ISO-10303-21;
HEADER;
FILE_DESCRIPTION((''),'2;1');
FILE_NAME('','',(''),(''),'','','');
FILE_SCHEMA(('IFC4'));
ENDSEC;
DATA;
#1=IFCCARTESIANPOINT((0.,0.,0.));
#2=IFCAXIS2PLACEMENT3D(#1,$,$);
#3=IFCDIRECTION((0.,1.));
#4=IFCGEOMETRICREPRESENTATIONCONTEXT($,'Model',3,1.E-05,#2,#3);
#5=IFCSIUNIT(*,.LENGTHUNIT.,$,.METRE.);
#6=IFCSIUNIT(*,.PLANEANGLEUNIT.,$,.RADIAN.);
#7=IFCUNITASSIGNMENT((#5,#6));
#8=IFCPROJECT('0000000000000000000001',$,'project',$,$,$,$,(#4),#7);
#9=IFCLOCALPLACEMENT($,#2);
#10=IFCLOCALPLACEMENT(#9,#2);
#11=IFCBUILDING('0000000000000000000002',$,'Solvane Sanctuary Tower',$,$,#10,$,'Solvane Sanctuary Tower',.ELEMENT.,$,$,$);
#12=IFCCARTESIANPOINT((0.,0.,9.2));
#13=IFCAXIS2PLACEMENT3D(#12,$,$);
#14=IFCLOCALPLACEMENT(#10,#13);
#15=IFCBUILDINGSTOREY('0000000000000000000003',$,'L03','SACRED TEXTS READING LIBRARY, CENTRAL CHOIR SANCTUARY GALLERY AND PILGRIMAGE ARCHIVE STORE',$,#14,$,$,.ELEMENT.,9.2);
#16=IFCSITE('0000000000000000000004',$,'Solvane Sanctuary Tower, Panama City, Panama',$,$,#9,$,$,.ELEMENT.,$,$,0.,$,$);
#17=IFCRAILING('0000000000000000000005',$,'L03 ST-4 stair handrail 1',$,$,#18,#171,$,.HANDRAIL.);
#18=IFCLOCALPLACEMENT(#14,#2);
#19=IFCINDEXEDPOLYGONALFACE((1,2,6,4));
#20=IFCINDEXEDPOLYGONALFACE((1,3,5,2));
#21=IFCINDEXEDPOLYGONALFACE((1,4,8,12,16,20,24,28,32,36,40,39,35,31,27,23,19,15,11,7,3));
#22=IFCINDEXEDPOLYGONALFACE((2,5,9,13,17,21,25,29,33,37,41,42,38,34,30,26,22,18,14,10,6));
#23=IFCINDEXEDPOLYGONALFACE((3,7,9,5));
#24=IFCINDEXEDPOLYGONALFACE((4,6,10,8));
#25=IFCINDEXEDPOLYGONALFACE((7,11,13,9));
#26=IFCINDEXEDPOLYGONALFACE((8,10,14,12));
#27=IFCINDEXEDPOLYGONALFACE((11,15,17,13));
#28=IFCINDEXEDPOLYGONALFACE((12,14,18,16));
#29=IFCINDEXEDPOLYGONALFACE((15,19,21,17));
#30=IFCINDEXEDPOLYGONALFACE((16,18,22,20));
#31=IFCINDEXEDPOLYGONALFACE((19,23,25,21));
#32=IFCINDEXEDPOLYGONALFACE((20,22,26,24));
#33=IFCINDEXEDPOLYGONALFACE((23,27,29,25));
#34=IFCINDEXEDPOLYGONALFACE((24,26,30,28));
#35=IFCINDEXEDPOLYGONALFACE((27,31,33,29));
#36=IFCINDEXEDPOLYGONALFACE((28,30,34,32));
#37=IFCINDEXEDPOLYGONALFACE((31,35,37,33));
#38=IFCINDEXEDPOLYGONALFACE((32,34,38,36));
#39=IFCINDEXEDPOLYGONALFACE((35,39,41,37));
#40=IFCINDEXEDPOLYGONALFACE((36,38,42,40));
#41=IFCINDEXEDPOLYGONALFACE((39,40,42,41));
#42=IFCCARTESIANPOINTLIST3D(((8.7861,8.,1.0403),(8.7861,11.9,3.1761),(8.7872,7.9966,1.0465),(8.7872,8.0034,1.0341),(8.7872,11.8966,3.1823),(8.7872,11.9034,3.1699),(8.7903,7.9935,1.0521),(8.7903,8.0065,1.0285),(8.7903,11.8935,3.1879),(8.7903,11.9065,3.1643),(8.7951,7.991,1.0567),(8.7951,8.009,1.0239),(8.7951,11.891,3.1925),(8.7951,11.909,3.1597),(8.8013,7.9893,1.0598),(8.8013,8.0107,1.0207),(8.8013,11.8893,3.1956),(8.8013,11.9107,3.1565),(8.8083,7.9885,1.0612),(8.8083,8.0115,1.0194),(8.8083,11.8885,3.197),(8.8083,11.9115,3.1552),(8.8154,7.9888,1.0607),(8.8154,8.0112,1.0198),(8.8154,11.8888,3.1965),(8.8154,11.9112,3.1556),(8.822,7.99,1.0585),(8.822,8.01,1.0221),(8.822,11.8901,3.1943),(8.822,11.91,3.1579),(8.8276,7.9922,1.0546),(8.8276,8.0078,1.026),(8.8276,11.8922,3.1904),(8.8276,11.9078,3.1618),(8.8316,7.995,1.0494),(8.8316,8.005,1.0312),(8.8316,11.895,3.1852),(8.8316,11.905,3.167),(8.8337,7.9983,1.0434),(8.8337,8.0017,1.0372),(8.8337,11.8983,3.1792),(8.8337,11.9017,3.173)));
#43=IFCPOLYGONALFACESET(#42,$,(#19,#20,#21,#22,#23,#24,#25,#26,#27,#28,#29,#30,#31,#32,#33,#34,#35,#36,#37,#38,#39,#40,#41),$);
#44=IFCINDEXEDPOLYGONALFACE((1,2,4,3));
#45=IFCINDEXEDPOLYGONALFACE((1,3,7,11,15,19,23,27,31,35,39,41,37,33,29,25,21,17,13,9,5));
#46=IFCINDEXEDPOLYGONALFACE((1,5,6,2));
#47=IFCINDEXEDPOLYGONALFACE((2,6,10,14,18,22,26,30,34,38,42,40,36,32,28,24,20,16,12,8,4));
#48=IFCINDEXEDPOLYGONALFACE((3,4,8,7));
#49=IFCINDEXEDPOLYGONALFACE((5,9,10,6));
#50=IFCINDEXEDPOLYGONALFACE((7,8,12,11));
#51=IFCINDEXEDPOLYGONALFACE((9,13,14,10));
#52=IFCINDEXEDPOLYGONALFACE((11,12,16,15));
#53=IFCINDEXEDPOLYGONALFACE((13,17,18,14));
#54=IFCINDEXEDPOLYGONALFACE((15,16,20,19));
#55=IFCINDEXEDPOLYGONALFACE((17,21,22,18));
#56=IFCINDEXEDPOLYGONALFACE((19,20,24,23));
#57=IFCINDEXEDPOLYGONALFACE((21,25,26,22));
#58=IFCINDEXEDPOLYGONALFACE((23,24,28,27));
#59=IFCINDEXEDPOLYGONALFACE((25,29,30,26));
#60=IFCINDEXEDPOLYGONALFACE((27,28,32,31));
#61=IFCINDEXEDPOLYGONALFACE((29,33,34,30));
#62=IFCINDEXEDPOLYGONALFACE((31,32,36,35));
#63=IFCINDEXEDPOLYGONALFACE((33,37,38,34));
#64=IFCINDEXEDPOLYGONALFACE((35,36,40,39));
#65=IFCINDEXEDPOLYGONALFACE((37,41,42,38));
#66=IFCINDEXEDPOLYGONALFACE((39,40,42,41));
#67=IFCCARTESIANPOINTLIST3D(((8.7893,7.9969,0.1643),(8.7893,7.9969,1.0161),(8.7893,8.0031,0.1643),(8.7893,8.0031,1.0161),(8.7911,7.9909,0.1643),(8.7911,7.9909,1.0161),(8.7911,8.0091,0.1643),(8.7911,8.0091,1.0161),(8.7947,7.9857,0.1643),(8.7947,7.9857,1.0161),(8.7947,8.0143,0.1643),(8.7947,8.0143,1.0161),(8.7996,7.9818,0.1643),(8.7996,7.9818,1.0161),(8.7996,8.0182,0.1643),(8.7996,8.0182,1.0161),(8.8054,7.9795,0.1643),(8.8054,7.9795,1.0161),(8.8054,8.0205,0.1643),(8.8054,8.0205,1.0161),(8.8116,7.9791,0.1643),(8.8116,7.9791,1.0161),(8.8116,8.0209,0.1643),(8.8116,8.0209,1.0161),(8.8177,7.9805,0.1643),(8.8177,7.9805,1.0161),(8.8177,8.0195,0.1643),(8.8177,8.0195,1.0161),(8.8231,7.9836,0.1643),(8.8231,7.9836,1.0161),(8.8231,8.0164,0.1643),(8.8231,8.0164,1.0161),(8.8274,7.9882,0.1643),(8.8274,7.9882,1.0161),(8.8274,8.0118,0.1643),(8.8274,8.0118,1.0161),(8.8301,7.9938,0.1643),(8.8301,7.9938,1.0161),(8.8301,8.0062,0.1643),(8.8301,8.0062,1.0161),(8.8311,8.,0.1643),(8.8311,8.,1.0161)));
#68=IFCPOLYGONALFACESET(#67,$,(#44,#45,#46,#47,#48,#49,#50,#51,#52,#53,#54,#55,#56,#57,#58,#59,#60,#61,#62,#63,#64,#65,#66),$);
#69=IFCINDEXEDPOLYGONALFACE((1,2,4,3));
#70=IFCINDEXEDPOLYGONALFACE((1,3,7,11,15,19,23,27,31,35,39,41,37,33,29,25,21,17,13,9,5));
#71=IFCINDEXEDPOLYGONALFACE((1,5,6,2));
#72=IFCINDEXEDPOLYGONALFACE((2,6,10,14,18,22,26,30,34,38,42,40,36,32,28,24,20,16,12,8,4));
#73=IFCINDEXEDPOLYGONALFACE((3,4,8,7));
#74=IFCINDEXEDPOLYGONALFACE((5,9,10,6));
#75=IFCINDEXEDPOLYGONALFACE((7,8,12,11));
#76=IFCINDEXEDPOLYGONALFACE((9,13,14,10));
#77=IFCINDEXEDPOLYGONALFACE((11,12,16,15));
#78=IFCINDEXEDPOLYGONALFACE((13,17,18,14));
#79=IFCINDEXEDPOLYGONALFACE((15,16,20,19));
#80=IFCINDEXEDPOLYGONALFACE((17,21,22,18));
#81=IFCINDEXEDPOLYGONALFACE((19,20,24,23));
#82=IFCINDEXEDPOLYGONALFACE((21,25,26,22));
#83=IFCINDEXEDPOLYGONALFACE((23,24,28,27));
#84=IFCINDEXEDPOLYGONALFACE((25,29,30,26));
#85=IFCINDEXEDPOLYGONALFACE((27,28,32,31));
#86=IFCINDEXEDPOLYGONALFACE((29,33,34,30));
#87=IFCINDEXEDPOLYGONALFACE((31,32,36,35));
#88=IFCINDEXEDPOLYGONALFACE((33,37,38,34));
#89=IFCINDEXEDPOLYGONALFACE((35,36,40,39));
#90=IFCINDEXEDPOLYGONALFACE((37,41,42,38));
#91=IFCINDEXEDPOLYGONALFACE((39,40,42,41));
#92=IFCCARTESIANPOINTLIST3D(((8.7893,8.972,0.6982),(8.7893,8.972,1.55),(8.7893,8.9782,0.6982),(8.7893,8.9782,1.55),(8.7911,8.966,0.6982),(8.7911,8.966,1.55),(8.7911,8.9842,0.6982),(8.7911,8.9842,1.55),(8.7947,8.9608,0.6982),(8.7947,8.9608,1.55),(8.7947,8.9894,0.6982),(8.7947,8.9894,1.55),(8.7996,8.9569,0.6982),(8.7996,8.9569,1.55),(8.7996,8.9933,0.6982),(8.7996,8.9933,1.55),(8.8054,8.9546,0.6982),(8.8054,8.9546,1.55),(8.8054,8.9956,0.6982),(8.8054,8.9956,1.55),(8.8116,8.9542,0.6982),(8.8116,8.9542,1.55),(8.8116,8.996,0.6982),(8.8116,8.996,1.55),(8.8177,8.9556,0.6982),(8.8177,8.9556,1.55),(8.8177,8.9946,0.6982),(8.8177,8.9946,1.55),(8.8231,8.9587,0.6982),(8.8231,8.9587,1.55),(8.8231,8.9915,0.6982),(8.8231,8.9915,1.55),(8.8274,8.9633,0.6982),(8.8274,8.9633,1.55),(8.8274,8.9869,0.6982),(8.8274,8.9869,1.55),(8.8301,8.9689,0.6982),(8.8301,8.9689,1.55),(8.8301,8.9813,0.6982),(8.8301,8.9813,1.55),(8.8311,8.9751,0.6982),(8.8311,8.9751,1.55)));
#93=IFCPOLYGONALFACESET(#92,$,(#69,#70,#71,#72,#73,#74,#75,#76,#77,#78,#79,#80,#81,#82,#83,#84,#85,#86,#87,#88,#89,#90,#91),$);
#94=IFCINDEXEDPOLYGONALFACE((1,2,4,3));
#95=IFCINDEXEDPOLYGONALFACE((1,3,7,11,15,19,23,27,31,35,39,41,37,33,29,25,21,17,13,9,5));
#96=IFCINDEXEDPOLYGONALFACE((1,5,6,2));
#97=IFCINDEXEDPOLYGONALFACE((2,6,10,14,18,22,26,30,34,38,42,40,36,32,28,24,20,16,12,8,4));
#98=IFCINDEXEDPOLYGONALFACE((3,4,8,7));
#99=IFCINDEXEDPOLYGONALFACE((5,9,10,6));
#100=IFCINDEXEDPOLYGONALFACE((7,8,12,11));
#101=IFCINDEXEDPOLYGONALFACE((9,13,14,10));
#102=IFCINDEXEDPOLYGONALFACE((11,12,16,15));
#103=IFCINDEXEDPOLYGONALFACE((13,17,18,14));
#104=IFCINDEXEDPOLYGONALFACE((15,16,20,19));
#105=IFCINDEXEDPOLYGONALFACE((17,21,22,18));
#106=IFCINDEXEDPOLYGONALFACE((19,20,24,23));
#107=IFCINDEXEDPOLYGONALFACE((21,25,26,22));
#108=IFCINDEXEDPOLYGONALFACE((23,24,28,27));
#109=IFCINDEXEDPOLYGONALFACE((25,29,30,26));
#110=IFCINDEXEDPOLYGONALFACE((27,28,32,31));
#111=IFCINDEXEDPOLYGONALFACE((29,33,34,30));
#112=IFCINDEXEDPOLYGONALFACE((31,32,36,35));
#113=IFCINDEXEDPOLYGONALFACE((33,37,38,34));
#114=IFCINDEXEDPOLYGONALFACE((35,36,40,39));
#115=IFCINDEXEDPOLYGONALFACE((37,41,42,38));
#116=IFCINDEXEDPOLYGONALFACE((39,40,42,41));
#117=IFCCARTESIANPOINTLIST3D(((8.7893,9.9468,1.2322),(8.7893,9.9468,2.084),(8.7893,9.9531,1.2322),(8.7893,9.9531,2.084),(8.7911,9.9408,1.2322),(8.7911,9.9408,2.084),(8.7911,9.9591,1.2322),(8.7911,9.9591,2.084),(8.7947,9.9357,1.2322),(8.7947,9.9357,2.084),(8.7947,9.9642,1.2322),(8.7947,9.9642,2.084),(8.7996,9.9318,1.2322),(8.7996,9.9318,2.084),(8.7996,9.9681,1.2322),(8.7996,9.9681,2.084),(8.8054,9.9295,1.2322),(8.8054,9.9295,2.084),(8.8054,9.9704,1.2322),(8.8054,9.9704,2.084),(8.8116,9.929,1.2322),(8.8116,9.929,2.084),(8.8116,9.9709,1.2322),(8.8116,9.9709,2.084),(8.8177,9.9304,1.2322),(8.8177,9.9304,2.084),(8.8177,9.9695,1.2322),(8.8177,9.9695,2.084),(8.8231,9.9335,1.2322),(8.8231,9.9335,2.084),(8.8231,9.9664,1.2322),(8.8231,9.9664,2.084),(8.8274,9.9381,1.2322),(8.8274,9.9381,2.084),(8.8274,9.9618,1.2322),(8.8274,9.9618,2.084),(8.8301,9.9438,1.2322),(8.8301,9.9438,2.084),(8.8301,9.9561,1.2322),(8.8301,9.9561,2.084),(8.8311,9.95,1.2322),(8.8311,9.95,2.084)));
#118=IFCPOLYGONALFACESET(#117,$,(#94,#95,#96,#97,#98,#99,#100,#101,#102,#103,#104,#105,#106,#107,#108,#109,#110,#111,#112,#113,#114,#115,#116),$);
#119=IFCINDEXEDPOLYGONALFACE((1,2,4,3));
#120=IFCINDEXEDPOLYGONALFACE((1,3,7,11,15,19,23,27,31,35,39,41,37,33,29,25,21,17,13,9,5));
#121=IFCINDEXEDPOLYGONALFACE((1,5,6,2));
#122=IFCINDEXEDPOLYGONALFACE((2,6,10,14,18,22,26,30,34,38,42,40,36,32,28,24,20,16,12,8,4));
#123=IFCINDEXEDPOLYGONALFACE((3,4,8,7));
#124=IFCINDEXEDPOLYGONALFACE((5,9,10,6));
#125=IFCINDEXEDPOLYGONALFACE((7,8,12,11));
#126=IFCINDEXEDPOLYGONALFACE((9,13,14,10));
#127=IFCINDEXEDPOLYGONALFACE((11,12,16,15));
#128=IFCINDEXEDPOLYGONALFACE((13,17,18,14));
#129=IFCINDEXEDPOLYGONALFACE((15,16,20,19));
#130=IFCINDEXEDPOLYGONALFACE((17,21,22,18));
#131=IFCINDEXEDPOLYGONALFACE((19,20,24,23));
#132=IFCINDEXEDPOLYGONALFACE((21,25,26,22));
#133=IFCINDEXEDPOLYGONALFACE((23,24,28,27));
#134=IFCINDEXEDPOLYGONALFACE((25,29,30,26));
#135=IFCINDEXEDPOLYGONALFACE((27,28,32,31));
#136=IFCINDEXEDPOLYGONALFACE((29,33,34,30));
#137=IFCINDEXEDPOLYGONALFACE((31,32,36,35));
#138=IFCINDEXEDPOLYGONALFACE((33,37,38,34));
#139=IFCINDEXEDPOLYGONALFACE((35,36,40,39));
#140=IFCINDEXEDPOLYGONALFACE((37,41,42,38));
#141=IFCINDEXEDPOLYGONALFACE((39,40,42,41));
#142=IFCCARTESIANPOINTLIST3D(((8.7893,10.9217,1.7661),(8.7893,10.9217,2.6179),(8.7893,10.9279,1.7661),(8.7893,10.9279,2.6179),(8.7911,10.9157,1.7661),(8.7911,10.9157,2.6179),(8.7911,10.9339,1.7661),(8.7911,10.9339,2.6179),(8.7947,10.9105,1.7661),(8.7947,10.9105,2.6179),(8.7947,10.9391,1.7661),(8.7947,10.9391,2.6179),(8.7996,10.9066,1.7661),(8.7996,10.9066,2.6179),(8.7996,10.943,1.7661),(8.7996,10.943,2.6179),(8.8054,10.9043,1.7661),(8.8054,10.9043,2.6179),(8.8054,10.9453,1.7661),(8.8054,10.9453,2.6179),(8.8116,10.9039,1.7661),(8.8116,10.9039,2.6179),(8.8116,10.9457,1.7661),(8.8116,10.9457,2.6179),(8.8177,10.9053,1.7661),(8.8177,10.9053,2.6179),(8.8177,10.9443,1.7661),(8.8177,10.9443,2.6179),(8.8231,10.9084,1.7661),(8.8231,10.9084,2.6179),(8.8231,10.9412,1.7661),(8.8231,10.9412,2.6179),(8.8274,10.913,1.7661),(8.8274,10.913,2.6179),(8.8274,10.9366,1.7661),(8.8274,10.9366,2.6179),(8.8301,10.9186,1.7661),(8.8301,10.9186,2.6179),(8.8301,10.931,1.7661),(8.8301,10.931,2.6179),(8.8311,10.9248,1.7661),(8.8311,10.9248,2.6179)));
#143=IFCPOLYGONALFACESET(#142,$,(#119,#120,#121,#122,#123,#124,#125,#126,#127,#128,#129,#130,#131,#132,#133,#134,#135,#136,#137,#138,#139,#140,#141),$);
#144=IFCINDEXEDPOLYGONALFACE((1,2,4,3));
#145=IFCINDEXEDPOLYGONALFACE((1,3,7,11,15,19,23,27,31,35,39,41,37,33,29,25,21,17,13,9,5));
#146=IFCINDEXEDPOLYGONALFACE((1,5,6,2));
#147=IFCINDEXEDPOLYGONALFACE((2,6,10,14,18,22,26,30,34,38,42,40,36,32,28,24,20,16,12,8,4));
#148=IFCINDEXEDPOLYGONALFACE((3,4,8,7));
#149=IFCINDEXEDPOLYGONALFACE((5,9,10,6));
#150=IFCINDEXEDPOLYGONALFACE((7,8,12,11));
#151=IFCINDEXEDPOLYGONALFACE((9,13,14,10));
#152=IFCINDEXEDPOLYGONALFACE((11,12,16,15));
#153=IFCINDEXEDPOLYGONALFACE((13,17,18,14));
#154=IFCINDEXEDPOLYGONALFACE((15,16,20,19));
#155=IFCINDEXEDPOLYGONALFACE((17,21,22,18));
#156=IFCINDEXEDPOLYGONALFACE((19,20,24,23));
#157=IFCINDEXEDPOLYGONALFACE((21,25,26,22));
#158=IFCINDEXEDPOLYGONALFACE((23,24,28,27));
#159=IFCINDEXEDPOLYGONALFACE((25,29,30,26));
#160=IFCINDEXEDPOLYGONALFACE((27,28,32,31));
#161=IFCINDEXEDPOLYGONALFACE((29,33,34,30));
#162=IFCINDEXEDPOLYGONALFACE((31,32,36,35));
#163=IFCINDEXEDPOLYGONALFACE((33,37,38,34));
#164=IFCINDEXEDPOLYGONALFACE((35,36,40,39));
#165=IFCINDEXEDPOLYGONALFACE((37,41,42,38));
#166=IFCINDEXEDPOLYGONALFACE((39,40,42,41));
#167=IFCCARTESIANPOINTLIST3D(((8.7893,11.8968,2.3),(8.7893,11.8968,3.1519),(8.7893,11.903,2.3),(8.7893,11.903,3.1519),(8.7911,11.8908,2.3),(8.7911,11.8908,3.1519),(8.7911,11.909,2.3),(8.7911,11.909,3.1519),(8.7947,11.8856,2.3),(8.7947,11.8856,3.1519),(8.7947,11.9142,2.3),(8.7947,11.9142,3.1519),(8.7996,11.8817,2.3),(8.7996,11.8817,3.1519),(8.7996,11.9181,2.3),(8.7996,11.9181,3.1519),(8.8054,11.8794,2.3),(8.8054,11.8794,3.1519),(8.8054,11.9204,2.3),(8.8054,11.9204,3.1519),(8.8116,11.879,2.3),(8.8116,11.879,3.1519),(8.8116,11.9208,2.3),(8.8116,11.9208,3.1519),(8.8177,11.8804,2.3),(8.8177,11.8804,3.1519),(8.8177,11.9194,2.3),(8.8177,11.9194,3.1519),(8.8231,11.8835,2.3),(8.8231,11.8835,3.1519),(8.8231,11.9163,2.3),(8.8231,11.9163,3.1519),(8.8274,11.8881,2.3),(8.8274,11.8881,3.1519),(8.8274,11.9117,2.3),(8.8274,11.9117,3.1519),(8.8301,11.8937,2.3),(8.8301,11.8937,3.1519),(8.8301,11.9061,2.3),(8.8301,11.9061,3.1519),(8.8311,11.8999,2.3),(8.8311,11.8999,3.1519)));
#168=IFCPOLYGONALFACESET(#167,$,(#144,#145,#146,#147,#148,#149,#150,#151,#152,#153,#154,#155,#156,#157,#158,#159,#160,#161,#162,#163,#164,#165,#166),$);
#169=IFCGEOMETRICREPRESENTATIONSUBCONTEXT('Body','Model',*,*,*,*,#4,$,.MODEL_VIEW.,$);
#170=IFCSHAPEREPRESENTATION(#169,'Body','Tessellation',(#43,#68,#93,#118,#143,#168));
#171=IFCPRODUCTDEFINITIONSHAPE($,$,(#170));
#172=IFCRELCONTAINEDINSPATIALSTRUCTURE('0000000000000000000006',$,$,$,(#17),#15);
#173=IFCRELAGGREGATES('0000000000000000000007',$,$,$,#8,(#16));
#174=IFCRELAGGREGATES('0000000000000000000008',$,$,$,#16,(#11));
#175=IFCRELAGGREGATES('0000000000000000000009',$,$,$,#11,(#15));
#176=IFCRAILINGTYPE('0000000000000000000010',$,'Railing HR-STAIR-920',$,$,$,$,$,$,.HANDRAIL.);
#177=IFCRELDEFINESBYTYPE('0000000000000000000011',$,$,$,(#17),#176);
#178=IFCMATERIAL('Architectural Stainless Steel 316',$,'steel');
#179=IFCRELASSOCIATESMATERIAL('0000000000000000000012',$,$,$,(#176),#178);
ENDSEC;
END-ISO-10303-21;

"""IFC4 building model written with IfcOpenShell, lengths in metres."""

from ifc_helpers import new_model, si_unit, direction, frame, origin, origin_2d, place, context, subcontext, project, spatial, circle, extrude, material, type_object, element, save


model = new_model("IFC4")

# Units and contexts
model_context = context("Model", 3, precision=1e-05, world=origin(), true_north=direction((0.0, 1.0)))
body_context = subcontext(model_context, "Body", "Model", "MODEL_VIEW")
ifc_project = project(units=[si_unit("LENGTHUNIT", "METRE"), si_unit("PLANEANGLEUNIT", "RADIAN")], contexts=[model_context])

# Site, building, storey
site_placement = place(None, origin())
site = spatial("IfcSite", under=ifc_project, at=site_placement, Name="Solvane Sanctuary Tower, Panama City, Panama", CompositionType="ELEMENT", RefElevation=0.0)
building_placement = place(site_placement, origin())
building = spatial("IfcBuilding", under=site, at=building_placement, Name="Solvane Sanctuary Tower", LongName="Solvane Sanctuary Tower", CompositionType="ELEMENT")
storey_placement = place(building_placement, frame((0.0, 0.0, 9.2)))
storey = spatial("IfcBuildingStorey", under=building, at=storey_placement, Name="L03", Description="SACRED TEXTS READING LIBRARY, CENTRAL CHOIR SANCTUARY GALLERY AND PILGRIMAGE ARCHIVE STORE", CompositionType="ELEMENT", Elevation=9.2)

# Shared definitions
ifc_material_1 = material(Name="Architectural Stainless Steel 316", Category="steel")

# Railing
railing_type_1 = type_object("IfcRailingType", Name="Railing HR-STAIR-920", PredefinedType="HANDRAIL", material=ifc_material_1)
railing_1_placement = place(storey_placement, frame((8.8101, 8.0, 0.1643)))
element("IfcRailing", 1, at=railing_1_placement, inside=storey, type_object=railing_type_1, Name="L03 ST-4 stair handrail 1", PredefinedType="HANDRAIL", context=body_context, shape_type="SweptSolid", body=[
    extrude(circle(Radius=0.0239, at=origin_2d()), frame((0.0, 0.0, 0.876), z_axis=(0.0, 0.877089, 0.480329), x_axis=(-1.0, 0.0, 0.0)), (0.0, 0.0, 1.0), 4.4465),
    extrude(circle(Radius=0.021, at=origin_2d()), origin(), (0.0, 0.0, 1.0), 0.8518),
    extrude(circle(Radius=0.021, at=origin_2d()), frame((0.0, 0.9751, 0.5339)), (0.0, 0.0, 1.0), 0.8518),
    extrude(circle(Radius=0.021, at=origin_2d()), frame((0.0, 1.95, 1.0679)), (0.0, 0.0, 1.0), 0.8518),
    extrude(circle(Radius=0.021, at=origin_2d()), frame((0.0, 2.9248, 1.6018)), (0.0, 0.0, 1.0), 0.8518),
    extrude(circle(Radius=0.021, at=origin_2d()), frame((0.0, 3.8999, 2.1357)), (0.0, 0.0, 1.0), 0.8518),
])

save(model, "model.ifc")
